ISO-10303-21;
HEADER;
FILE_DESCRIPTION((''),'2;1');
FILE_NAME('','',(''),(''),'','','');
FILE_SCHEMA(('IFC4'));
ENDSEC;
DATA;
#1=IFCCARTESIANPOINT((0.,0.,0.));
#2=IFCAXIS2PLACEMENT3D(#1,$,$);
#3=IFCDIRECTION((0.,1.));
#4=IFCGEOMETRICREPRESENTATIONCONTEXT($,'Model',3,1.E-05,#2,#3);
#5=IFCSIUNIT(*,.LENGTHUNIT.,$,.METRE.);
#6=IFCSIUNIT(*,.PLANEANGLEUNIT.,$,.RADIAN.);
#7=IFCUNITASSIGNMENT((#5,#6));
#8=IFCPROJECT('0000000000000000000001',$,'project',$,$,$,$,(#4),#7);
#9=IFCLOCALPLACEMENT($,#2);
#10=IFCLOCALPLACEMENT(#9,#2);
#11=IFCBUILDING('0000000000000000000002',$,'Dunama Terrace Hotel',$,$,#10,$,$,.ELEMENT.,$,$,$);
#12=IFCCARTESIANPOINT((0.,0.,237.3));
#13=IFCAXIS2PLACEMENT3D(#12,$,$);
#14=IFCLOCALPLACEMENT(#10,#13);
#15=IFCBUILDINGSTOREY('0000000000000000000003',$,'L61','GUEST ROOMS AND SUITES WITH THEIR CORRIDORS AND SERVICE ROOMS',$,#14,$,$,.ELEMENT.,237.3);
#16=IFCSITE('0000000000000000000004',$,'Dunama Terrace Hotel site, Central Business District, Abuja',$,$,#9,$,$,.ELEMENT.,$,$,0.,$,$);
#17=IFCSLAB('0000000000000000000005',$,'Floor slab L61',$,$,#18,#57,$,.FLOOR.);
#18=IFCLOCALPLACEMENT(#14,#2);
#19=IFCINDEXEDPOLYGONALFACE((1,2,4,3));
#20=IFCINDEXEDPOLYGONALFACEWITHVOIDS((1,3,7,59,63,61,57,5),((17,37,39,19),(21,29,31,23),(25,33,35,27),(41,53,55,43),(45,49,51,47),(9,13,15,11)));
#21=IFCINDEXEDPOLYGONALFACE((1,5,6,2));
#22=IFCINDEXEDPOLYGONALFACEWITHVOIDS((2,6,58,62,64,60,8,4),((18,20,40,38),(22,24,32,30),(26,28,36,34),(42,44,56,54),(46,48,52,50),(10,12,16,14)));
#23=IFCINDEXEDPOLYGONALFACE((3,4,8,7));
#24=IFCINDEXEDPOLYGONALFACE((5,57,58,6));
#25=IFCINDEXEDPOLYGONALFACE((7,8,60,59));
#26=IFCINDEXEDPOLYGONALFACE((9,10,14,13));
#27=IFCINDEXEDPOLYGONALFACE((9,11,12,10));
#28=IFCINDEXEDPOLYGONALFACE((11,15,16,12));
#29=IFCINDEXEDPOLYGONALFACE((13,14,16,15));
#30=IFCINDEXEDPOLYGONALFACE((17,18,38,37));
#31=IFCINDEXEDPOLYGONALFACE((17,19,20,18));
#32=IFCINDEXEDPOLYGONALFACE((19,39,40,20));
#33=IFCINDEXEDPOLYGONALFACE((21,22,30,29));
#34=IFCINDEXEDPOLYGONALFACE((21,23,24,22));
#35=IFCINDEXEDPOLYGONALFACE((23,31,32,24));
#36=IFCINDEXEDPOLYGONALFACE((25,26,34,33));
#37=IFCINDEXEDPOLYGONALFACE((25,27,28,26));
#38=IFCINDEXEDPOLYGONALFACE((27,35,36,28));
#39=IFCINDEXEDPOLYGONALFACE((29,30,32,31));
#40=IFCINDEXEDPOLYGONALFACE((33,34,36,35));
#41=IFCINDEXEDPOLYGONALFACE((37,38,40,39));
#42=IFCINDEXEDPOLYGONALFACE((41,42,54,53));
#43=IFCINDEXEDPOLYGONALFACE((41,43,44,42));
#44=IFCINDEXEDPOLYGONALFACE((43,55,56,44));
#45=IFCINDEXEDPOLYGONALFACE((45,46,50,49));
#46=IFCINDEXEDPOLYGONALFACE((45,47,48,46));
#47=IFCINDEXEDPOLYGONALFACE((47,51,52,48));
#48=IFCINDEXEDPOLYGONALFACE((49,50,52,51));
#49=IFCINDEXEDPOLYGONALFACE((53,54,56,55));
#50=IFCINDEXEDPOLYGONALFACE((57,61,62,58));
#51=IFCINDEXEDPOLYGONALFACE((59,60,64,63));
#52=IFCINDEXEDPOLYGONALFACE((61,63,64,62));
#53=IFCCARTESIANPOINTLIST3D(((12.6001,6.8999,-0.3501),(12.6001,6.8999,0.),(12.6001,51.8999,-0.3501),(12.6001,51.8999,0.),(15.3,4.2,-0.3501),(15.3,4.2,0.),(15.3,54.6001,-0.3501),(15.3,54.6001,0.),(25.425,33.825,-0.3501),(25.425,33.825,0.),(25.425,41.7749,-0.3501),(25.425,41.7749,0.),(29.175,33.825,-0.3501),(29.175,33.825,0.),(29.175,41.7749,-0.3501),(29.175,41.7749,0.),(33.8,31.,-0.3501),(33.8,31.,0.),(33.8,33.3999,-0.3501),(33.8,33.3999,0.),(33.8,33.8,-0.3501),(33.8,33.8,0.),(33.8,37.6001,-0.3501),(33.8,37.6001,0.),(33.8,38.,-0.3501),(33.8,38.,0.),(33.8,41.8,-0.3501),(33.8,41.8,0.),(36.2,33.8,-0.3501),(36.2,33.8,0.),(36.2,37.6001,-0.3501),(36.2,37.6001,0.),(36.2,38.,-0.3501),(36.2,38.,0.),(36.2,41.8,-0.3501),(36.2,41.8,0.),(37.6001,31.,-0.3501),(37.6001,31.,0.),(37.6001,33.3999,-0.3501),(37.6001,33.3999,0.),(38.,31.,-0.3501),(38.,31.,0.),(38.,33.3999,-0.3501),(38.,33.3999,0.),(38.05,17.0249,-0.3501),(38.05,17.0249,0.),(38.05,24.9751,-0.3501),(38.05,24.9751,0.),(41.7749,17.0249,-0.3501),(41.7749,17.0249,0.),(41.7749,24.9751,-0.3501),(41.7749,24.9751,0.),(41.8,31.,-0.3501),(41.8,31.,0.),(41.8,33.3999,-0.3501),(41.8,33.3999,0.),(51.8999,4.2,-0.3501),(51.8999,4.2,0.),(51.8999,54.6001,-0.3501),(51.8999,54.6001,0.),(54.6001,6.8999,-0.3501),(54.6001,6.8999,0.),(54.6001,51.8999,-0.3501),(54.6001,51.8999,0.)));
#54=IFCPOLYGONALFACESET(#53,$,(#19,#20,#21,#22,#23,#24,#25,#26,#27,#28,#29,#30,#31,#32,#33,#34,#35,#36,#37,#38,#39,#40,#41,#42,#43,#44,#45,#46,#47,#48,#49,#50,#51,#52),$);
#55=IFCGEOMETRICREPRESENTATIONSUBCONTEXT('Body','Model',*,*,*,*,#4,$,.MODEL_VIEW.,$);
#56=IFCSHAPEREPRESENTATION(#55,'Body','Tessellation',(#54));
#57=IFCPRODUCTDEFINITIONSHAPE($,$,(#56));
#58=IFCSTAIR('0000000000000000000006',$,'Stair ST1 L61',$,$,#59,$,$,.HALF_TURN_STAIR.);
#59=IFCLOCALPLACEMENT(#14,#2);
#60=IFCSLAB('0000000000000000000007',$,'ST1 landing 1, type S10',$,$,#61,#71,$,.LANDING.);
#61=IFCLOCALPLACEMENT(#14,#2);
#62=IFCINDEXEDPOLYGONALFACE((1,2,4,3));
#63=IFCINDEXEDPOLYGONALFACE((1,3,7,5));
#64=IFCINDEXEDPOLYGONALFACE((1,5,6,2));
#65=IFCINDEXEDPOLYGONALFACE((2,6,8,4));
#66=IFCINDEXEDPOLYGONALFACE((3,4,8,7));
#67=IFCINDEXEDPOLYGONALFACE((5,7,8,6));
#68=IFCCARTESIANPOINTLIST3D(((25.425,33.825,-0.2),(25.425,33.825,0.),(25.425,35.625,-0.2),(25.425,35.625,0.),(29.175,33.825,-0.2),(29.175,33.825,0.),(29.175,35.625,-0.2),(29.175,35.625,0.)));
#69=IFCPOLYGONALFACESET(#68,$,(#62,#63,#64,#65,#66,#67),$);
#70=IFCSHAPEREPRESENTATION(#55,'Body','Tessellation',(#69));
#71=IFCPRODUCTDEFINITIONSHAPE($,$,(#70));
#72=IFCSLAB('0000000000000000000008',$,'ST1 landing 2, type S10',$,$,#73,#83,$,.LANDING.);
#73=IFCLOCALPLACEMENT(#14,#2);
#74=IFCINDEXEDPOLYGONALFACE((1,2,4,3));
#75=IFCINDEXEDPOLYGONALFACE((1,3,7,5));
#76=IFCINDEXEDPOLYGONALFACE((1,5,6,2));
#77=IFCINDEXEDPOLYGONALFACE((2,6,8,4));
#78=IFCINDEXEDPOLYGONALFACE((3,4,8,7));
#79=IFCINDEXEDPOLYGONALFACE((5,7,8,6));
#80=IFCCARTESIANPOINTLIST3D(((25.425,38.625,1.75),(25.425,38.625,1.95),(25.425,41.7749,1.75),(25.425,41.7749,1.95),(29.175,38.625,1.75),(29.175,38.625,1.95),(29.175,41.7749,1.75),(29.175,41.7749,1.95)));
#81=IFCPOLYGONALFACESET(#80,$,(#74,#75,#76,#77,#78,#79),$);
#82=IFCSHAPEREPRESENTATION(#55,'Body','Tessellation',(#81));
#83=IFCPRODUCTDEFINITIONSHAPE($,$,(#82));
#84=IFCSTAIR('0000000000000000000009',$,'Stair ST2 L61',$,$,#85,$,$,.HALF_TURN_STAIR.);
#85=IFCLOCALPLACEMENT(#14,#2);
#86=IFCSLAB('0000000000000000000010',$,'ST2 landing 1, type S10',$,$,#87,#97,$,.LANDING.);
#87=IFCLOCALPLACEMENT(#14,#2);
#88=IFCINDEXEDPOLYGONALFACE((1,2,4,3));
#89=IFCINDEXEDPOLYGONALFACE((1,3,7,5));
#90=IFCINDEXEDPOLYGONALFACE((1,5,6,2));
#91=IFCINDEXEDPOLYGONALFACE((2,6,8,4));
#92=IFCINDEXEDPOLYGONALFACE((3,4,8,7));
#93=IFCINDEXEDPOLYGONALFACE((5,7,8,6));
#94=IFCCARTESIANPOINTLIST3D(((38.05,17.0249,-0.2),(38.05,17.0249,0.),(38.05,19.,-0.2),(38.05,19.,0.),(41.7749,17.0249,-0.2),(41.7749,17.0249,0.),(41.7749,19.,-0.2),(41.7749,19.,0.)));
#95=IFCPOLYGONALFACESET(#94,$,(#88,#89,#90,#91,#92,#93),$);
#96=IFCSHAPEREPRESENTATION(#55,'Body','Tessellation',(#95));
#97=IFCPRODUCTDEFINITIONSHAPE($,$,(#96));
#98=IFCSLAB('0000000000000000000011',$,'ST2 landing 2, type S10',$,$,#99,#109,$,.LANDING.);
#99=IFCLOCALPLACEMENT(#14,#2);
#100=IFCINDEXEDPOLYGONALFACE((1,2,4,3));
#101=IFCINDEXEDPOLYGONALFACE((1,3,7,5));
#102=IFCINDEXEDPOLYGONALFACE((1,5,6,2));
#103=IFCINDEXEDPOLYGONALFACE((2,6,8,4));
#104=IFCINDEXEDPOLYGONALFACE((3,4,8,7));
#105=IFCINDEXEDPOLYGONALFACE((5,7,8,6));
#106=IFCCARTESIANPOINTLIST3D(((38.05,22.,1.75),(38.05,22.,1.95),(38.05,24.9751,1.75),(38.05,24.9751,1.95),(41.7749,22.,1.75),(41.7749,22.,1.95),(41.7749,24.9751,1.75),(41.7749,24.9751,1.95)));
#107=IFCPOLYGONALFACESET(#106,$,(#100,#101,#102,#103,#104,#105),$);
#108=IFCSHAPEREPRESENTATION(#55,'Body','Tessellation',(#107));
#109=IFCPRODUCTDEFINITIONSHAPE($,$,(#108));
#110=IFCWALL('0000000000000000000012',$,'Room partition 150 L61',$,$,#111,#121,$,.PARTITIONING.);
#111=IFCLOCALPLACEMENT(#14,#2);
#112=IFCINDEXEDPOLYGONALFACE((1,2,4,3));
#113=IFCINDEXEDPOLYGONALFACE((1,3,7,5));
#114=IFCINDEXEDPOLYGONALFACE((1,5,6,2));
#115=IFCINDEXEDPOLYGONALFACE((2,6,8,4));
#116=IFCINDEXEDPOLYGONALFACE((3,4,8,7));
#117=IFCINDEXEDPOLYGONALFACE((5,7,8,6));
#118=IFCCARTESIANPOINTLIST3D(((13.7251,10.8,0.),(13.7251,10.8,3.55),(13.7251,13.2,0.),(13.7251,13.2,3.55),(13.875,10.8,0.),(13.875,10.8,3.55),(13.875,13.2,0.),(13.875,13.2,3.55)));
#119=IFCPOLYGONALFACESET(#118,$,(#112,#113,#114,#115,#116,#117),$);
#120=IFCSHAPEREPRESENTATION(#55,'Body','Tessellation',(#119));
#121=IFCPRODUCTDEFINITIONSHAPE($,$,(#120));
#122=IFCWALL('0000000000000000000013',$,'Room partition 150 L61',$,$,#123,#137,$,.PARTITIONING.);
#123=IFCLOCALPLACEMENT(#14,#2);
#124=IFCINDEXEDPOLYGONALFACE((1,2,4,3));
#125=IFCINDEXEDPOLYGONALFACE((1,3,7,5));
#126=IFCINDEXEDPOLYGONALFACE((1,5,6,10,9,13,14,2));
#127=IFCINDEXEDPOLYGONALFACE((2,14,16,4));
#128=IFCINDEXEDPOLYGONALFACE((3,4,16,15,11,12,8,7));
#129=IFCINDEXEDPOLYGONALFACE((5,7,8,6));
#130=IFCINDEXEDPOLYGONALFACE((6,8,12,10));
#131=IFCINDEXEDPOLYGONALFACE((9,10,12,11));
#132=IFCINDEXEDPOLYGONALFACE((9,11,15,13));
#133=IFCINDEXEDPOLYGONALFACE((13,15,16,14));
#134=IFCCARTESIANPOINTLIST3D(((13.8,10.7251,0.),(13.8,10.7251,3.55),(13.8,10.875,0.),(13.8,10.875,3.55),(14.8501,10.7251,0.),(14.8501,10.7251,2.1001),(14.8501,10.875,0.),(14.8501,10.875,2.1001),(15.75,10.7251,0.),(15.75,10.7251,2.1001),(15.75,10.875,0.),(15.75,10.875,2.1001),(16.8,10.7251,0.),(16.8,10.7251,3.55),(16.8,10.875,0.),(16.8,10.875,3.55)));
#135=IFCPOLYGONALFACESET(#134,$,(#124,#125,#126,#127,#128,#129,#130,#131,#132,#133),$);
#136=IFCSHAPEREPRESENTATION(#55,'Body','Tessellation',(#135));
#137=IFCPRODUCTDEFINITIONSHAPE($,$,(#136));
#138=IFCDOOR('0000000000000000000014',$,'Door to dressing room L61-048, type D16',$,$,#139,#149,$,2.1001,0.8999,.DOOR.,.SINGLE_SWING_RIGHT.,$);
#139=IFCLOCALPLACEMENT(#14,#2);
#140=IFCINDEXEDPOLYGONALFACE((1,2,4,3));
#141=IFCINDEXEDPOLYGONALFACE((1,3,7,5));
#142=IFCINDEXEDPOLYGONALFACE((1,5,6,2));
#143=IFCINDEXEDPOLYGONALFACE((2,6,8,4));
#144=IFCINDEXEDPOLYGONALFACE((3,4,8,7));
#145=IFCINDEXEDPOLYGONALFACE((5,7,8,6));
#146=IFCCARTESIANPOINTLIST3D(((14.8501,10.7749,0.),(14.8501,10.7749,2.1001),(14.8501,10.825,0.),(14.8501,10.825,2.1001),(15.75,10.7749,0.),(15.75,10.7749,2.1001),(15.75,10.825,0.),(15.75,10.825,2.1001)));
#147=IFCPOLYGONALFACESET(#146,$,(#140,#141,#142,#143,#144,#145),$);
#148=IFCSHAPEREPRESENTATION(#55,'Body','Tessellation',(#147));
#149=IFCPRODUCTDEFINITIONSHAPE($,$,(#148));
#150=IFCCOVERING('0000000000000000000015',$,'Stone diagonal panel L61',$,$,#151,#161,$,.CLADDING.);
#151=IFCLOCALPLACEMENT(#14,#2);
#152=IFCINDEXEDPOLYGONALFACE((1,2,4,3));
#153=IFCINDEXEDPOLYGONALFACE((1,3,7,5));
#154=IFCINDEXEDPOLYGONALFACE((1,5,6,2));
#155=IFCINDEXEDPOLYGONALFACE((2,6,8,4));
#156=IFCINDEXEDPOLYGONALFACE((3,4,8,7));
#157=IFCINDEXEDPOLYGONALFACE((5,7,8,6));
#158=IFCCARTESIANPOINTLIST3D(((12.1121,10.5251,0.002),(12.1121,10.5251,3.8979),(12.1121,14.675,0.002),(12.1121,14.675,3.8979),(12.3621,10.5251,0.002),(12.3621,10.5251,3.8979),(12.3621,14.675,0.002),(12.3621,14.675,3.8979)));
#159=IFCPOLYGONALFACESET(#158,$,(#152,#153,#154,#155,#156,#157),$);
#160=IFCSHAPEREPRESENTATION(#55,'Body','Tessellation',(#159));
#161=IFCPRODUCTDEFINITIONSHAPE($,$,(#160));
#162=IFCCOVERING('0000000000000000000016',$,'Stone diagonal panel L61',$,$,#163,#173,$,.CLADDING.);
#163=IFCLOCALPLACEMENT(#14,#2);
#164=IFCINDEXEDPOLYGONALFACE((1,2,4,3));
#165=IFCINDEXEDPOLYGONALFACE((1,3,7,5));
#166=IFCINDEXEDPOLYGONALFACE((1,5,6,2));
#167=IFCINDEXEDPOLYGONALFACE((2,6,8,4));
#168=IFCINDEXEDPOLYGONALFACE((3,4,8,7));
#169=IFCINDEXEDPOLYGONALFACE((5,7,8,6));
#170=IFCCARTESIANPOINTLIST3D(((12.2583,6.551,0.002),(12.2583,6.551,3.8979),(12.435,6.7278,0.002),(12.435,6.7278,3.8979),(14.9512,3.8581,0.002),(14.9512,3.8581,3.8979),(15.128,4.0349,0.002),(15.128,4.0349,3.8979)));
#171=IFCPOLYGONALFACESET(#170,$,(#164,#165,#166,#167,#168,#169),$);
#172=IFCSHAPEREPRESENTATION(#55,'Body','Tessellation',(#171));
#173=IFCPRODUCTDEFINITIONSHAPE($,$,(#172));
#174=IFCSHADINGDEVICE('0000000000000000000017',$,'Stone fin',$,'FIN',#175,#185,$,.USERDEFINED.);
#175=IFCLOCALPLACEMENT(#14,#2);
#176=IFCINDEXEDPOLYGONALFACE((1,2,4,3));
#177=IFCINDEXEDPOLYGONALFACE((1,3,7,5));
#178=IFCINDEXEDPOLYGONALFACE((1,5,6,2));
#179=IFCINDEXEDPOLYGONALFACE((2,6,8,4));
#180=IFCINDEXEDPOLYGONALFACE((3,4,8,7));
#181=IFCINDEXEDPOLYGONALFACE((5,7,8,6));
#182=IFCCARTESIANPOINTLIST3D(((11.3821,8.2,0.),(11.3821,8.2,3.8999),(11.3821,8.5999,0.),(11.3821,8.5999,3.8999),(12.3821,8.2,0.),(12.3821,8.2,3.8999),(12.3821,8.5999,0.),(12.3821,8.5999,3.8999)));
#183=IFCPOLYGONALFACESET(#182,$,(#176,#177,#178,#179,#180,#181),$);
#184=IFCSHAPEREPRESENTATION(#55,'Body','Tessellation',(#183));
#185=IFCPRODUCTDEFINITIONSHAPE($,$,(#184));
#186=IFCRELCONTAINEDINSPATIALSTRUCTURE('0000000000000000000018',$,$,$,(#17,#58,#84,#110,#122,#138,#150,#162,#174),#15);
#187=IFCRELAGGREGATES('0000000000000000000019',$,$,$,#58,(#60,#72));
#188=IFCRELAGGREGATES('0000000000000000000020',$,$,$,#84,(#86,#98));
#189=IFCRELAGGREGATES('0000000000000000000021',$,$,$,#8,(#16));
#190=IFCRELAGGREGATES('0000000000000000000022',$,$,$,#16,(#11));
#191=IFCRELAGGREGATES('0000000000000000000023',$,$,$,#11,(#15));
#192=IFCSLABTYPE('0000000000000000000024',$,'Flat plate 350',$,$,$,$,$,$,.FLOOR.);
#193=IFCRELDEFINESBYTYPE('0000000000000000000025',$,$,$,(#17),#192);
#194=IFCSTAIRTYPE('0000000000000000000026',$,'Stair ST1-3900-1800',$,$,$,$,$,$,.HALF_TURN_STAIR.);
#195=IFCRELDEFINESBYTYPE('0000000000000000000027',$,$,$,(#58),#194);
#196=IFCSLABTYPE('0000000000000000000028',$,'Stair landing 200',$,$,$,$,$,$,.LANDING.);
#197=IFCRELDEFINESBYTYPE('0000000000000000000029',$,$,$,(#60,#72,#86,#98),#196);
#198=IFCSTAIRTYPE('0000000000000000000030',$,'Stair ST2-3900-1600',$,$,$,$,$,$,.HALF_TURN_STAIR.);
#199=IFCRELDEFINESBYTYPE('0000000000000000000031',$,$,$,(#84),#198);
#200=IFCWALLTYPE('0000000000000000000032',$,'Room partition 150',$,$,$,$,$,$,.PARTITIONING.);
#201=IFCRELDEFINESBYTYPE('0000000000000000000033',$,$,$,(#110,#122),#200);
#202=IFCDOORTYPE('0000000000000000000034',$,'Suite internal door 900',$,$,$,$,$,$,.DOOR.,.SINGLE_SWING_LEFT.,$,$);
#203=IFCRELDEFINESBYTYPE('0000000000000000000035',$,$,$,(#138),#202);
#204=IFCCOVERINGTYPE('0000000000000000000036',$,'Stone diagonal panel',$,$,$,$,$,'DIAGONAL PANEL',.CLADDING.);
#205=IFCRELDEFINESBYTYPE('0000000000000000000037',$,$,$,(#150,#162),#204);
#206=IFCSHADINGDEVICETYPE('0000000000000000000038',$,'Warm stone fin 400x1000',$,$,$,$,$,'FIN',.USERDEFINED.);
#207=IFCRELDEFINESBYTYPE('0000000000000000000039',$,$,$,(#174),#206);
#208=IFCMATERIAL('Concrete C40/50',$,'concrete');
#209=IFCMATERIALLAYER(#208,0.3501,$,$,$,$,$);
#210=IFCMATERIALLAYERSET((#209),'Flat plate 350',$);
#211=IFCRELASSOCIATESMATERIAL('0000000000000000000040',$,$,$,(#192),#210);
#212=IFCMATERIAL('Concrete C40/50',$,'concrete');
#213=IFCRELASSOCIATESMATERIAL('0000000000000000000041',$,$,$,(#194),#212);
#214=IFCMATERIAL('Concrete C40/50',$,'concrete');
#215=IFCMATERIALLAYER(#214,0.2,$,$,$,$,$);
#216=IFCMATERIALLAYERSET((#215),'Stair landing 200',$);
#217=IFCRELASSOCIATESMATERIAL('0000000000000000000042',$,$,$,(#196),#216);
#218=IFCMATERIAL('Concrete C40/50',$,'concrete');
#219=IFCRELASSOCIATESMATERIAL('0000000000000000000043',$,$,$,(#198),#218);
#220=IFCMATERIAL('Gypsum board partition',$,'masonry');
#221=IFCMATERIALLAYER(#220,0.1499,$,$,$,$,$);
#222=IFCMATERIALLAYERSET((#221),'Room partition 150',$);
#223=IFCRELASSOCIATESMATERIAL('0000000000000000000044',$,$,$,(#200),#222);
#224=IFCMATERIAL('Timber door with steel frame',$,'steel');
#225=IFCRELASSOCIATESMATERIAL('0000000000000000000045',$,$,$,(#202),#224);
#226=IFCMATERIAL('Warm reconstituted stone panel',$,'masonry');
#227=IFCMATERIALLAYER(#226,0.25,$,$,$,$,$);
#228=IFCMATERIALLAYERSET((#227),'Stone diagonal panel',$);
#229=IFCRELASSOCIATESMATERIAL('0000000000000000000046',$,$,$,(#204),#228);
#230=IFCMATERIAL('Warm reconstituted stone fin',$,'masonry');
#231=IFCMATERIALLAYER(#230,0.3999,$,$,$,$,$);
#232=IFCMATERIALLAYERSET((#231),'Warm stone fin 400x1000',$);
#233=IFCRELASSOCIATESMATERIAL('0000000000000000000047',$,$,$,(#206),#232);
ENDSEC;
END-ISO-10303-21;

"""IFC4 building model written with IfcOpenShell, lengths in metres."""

from ifc_helpers import new_model, si_unit, direction, frame, frame_2d, origin, origin_2d, place, context, subcontext, project, spatial, polyline, rectangle, outline, extrude, material, layer, layer_set, type_object, element, fill, aggregate, save


model = new_model("IFC4")

# Units and contexts
model_context = context("Model", 3, precision=1e-05, world=origin(), true_north=direction((0.0, 1.0)))
body_context = subcontext(model_context, "Body", "Model", "MODEL_VIEW")
ifc_project = project(units=[si_unit("LENGTHUNIT", "METRE"), si_unit("PLANEANGLEUNIT", "RADIAN")], contexts=[model_context])

# Site, building, storey
site_placement = place(None, origin())
site = spatial("IfcSite", under=ifc_project, at=site_placement, Name="Dunama Terrace Hotel site, Central Business District, Abuja", CompositionType="ELEMENT", RefElevation=0.0)
building_placement = place(site_placement, origin())
building = spatial("IfcBuilding", under=site, at=building_placement, Name="Dunama Terrace Hotel", CompositionType="ELEMENT")
storey_placement = place(building_placement, frame((0.0, 0.0, 237.3)))
storey = spatial("IfcBuildingStorey", under=building, at=storey_placement, Name="L61", Description="GUEST ROOMS AND SUITES WITH THEIR CORRIDORS AND SERVICE ROOMS", CompositionType="ELEMENT", Elevation=237.3)

# Slab
ifc_material_1 = material(Name="Concrete C40/50", Category="concrete")
ifc_layer_1 = layer(ifc_material_1, 0.3501)
ifc_layer_set_1 = layer_set([ifc_layer_1], Name="Flat plate 350")
slab_type_1 = type_object("IfcSlabType", Name="Flat plate 350", PredefinedType="FLOOR", material=ifc_layer_set_1)
slab_1_placement = place(storey_placement, frame((0.0, 0.0, -0.3501)))
element("IfcSlab", 1, at=slab_1_placement, inside=storey, type_object=slab_type_1, Name="Floor slab L61", PredefinedType="FLOOR", context=body_context, shape_type="SweptSolid", body=[
    extrude(outline(polyline([(15.3, 4.2), (51.8999, 4.2), (54.6001, 6.8999), (54.6001, 51.8999), (51.8999, 54.6001), (15.3, 54.6001), (12.6001, 51.8999), (12.6001, 6.8999), (15.3, 4.2)]), holes=[polyline([(37.6001, 31.0), (37.6001, 33.3999), (33.8, 33.3999), (33.8, 31.0), (37.6001, 31.0)]), polyline([(41.8, 31.0), (41.8, 33.3999), (38.0, 33.3999), (38.0, 31.0), (41.8, 31.0)]), polyline([(36.2, 38.0), (36.2, 41.8), (33.8, 41.8), (33.8, 38.0), (36.2, 38.0)]), polyline([(36.2, 33.8), (36.2, 37.6001), (33.8, 37.6001), (33.8, 33.8), (36.2, 33.8)]), polyline([(29.175, 33.825), (29.175, 41.7749), (25.425, 41.7749), (25.425, 33.825), (29.175, 33.825)]), polyline([(41.7749, 17.0249), (41.7749, 24.9751), (38.05, 24.9751), (38.05, 17.0249), (41.7749, 17.0249)])]), origin(), (0.0, 0.0, 1.0), 0.3501),
])

# Stairs, slabs
ifc_material_2 = material(Name="Concrete C40/50", Category="concrete")
stair_type_1 = type_object("IfcStairType", Name="Stair ST1-3900-1800", PredefinedType="HALF_TURN_STAIR", material=ifc_material_2)
stair_1_placement = place(storey_placement, origin())
stair_1 = element("IfcStair", 2, at=stair_1_placement, inside=storey, type_object=stair_type_1, Name="Stair ST1 L61", PredefinedType="HALF_TURN_STAIR")
ifc_material_3 = material(Name="Concrete C40/50", Category="concrete")
ifc_layer_2 = layer(ifc_material_3, 0.2)
ifc_layer_set_2 = layer_set([ifc_layer_2], Name="Stair landing 200")
slab_type_2 = type_object("IfcSlabType", Name="Stair landing 200", PredefinedType="LANDING", material=ifc_layer_set_2)
slab_2_placement = place(storey_placement, frame((0.0, 0.0, -0.2)))
slab_2 = element("IfcSlab", 3, at=slab_2_placement, type_object=slab_type_2, Name="ST1 landing 1, type S10", PredefinedType="LANDING", context=body_context, shape_type="SweptSolid", body=[
    extrude(outline(polyline([(25.425, 33.825), (29.175, 33.825), (29.175, 35.625), (25.425, 35.625), (25.425, 33.825)])), origin(), (0.0, 0.0, 1.0), 0.2),
])
slab_3_placement = place(storey_placement, frame((0.0, 0.0, 1.75)))
slab_3 = element("IfcSlab", 4, at=slab_3_placement, type_object=slab_type_2, Name="ST1 landing 2, type S10", PredefinedType="LANDING", context=body_context, shape_type="SweptSolid", body=[
    extrude(outline(polyline([(25.425, 38.625), (29.175, 38.625), (29.175, 41.7749), (25.425, 41.7749), (25.425, 38.625)])), origin(), (0.0, 0.0, 1.0), 0.2),
])
aggregate(stair_1, [slab_2, slab_3])
ifc_material_4 = material(Name="Concrete C40/50", Category="concrete")
stair_type_2 = type_object("IfcStairType", Name="Stair ST2-3900-1600", PredefinedType="HALF_TURN_STAIR", material=ifc_material_4)
stair_2_placement = place(storey_placement, origin())
stair_2 = element("IfcStair", 5, at=stair_2_placement, inside=storey, type_object=stair_type_2, Name="Stair ST2 L61", PredefinedType="HALF_TURN_STAIR")
slab_4_placement = place(storey_placement, frame((0.0, 0.0, -0.2)))
slab_4 = element("IfcSlab", 6, at=slab_4_placement, type_object=slab_type_2, Name="ST2 landing 1, type S10", PredefinedType="LANDING", context=body_context, shape_type="SweptSolid", body=[
    extrude(outline(polyline([(38.05, 17.0249), (41.7749, 17.0249), (41.7749, 19.0), (38.05, 19.0), (38.05, 17.0249)])), origin(), (0.0, 0.0, 1.0), 0.2),
])
slab_5_placement = place(storey_placement, frame((0.0, 0.0, 1.75)))
slab_5 = element("IfcSlab", 7, at=slab_5_placement, type_object=slab_type_2, Name="ST2 landing 2, type S10", PredefinedType="LANDING", context=body_context, shape_type="SweptSolid", body=[
    extrude(outline(polyline([(38.05, 22.0), (41.7749, 22.0), (41.7749, 24.9751), (38.05, 24.9751), (38.05, 22.0)])), origin(), (0.0, 0.0, 1.0), 0.2),
])
aggregate(stair_2, [slab_4, slab_5])

# Wall
ifc_material_5 = material(Name="Gypsum board partition", Category="masonry")
ifc_layer_3 = layer(ifc_material_5, 0.1499)
ifc_layer_set_3 = layer_set([ifc_layer_3], Name="Room partition 150")
wall_type = type_object("IfcWallType", Name="Room partition 150", PredefinedType="PARTITIONING", material=ifc_layer_set_3)
wall_1_placement = place(storey_placement, frame((13.8, 10.8, 0.0), z_axis=(0.0, 0.0, 1.0), x_axis=(0.0, 1.0, 0.0)))
element("IfcWall", 8, at=wall_1_placement, inside=storey, type_object=wall_type, Name="Room partition 150 L61", PredefinedType="PARTITIONING", context=body_context, shape_type="SweptSolid", body=[
    extrude(rectangle(XDim=2.3999, YDim=0.1499, at=frame_2d((1.2, 0.0))), origin(), (0.0, 0.0, 1.0), 3.55),
])

# Wall, opening, door
wall_2_placement = place(storey_placement, frame((13.8, 10.8, 0.0), z_axis=(0.0, 0.0, 1.0), x_axis=(1.0, 0.0, 0.0)))
wall_2 = element("IfcWall", 9, at=wall_2_placement, inside=storey, type_object=wall_type, Name="Room partition 150 L61", PredefinedType="PARTITIONING", context=body_context, shape_type="SweptSolid", body=[
    extrude(rectangle(XDim=3.0, YDim=0.1499, at=frame_2d((1.5, 0.0))), origin(), (0.0, 0.0, 1.0), 3.55),
])
opening_placement = place(wall_2_placement, frame((1.05, 0.0, 0.0)))
opening = element("IfcOpeningElement", 10, at=opening_placement, cuts=wall_2, PredefinedType="OPENING", context=body_context, shape_type="SweptSolid", body=[
    extrude(rectangle(XDim=0.8999, YDim=2.1001, at=frame_2d((0.45, 1.05))), frame((0.0, 0.085, 0.0), z_axis=(0.0, -1.0, 0.0), x_axis=(1.0, 0.0, 0.0)), (0.0, 0.0, 1.0), 0.1699),
])
ifc_material_6 = material(Name="Timber door with steel frame", Category="steel")
door_type = type_object("IfcDoorType", Name="Suite internal door 900", OperationType="SINGLE_SWING_LEFT", PredefinedType="DOOR", material=ifc_material_6)
door_placement = place(opening_placement, origin())
door = element("IfcDoor", 11, at=door_placement, inside=storey, type_object=door_type, Name="Door to dressing room L61-048, type D16", OperationType="SINGLE_SWING_RIGHT", OverallHeight=2.1001, OverallWidth=0.8999, PredefinedType="DOOR", context=body_context, shape_type="SweptSolid", body=[
    extrude(rectangle(XDim=0.8999, YDim=2.1001, at=frame_2d((0.45, 1.05))), frame((0.0, 0.0249, 0.0), z_axis=(0.0, -1.0, 0.0), x_axis=(1.0, 0.0, 0.0)), (0.0, 0.0, 1.0), 0.05),
])
fill(opening, door)

# Coverings
ifc_material_7 = material(Name="Warm reconstituted stone panel", Category="masonry")
ifc_layer_4 = layer(ifc_material_7, 0.25)
ifc_layer_set_4 = layer_set([ifc_layer_4], Name="Stone diagonal panel")
covering_type = type_object("IfcCoveringType", Name="Stone diagonal panel", ElementType="DIAGONAL PANEL", PredefinedType="CLADDING", material=ifc_layer_set_4)
covering_1_placement = place(storey_placement, frame((12.2371, 12.6001, 0.002), z_axis=(0.0, 0.0, 1.0), x_axis=(0.0, -1.0, 0.0)))
element("IfcCovering", 12, at=covering_1_placement, inside=storey, type_object=covering_type, Name="Stone diagonal panel L61", PredefinedType="CLADDING", context=body_context, shape_type="SweptSolid", body=[
    extrude(rectangle(XDim=4.1499, YDim=0.25, at=origin_2d()), origin(), (0.0, 0.0, 1.0), 3.896),
])
covering_2_placement = place(storey_placement, frame((13.6931, 5.293, 0.002), z_axis=(0.0, 0.0, 1.0), x_axis=(0.707107, -0.707107, 0.0)))
element("IfcCovering", 13, at=covering_2_placement, inside=storey, type_object=covering_type, Name="Stone diagonal panel L61", PredefinedType="CLADDING", context=body_context, shape_type="SweptSolid", body=[
    extrude(rectangle(XDim=3.8083, YDim=0.25, at=origin_2d()), origin(), (0.0, 0.0, 1.0), 3.896),
])

# Shading device
ifc_material_8 = material(Name="Warm reconstituted stone fin", Category="masonry")
ifc_layer_5 = layer(ifc_material_8, 0.3999)
ifc_layer_set_5 = layer_set([ifc_layer_5], Name="Warm stone fin 400x1000")
shading_device_type = type_object("IfcShadingDeviceType", Name="Warm stone fin 400x1000", ElementType="FIN", PredefinedType="USERDEFINED", material=ifc_layer_set_5)
shading_device_placement = place(storey_placement, frame((11.8821, 8.3999, 0.0), z_axis=(0.0, 0.0, 1.0), x_axis=(0.0, -1.0, 0.0)))
element("IfcShadingDevice", 14, at=shading_device_placement, inside=storey, type_object=shading_device_type, Name="Stone fin", ObjectType="FIN", PredefinedType="USERDEFINED", context=body_context, shape_type="SweptSolid", body=[
    extrude(rectangle(XDim=0.3999, YDim=1.0, at=origin_2d()), origin(), (0.0, 0.0, 1.0), 3.8999),
])

save(model, "model.ifc")
